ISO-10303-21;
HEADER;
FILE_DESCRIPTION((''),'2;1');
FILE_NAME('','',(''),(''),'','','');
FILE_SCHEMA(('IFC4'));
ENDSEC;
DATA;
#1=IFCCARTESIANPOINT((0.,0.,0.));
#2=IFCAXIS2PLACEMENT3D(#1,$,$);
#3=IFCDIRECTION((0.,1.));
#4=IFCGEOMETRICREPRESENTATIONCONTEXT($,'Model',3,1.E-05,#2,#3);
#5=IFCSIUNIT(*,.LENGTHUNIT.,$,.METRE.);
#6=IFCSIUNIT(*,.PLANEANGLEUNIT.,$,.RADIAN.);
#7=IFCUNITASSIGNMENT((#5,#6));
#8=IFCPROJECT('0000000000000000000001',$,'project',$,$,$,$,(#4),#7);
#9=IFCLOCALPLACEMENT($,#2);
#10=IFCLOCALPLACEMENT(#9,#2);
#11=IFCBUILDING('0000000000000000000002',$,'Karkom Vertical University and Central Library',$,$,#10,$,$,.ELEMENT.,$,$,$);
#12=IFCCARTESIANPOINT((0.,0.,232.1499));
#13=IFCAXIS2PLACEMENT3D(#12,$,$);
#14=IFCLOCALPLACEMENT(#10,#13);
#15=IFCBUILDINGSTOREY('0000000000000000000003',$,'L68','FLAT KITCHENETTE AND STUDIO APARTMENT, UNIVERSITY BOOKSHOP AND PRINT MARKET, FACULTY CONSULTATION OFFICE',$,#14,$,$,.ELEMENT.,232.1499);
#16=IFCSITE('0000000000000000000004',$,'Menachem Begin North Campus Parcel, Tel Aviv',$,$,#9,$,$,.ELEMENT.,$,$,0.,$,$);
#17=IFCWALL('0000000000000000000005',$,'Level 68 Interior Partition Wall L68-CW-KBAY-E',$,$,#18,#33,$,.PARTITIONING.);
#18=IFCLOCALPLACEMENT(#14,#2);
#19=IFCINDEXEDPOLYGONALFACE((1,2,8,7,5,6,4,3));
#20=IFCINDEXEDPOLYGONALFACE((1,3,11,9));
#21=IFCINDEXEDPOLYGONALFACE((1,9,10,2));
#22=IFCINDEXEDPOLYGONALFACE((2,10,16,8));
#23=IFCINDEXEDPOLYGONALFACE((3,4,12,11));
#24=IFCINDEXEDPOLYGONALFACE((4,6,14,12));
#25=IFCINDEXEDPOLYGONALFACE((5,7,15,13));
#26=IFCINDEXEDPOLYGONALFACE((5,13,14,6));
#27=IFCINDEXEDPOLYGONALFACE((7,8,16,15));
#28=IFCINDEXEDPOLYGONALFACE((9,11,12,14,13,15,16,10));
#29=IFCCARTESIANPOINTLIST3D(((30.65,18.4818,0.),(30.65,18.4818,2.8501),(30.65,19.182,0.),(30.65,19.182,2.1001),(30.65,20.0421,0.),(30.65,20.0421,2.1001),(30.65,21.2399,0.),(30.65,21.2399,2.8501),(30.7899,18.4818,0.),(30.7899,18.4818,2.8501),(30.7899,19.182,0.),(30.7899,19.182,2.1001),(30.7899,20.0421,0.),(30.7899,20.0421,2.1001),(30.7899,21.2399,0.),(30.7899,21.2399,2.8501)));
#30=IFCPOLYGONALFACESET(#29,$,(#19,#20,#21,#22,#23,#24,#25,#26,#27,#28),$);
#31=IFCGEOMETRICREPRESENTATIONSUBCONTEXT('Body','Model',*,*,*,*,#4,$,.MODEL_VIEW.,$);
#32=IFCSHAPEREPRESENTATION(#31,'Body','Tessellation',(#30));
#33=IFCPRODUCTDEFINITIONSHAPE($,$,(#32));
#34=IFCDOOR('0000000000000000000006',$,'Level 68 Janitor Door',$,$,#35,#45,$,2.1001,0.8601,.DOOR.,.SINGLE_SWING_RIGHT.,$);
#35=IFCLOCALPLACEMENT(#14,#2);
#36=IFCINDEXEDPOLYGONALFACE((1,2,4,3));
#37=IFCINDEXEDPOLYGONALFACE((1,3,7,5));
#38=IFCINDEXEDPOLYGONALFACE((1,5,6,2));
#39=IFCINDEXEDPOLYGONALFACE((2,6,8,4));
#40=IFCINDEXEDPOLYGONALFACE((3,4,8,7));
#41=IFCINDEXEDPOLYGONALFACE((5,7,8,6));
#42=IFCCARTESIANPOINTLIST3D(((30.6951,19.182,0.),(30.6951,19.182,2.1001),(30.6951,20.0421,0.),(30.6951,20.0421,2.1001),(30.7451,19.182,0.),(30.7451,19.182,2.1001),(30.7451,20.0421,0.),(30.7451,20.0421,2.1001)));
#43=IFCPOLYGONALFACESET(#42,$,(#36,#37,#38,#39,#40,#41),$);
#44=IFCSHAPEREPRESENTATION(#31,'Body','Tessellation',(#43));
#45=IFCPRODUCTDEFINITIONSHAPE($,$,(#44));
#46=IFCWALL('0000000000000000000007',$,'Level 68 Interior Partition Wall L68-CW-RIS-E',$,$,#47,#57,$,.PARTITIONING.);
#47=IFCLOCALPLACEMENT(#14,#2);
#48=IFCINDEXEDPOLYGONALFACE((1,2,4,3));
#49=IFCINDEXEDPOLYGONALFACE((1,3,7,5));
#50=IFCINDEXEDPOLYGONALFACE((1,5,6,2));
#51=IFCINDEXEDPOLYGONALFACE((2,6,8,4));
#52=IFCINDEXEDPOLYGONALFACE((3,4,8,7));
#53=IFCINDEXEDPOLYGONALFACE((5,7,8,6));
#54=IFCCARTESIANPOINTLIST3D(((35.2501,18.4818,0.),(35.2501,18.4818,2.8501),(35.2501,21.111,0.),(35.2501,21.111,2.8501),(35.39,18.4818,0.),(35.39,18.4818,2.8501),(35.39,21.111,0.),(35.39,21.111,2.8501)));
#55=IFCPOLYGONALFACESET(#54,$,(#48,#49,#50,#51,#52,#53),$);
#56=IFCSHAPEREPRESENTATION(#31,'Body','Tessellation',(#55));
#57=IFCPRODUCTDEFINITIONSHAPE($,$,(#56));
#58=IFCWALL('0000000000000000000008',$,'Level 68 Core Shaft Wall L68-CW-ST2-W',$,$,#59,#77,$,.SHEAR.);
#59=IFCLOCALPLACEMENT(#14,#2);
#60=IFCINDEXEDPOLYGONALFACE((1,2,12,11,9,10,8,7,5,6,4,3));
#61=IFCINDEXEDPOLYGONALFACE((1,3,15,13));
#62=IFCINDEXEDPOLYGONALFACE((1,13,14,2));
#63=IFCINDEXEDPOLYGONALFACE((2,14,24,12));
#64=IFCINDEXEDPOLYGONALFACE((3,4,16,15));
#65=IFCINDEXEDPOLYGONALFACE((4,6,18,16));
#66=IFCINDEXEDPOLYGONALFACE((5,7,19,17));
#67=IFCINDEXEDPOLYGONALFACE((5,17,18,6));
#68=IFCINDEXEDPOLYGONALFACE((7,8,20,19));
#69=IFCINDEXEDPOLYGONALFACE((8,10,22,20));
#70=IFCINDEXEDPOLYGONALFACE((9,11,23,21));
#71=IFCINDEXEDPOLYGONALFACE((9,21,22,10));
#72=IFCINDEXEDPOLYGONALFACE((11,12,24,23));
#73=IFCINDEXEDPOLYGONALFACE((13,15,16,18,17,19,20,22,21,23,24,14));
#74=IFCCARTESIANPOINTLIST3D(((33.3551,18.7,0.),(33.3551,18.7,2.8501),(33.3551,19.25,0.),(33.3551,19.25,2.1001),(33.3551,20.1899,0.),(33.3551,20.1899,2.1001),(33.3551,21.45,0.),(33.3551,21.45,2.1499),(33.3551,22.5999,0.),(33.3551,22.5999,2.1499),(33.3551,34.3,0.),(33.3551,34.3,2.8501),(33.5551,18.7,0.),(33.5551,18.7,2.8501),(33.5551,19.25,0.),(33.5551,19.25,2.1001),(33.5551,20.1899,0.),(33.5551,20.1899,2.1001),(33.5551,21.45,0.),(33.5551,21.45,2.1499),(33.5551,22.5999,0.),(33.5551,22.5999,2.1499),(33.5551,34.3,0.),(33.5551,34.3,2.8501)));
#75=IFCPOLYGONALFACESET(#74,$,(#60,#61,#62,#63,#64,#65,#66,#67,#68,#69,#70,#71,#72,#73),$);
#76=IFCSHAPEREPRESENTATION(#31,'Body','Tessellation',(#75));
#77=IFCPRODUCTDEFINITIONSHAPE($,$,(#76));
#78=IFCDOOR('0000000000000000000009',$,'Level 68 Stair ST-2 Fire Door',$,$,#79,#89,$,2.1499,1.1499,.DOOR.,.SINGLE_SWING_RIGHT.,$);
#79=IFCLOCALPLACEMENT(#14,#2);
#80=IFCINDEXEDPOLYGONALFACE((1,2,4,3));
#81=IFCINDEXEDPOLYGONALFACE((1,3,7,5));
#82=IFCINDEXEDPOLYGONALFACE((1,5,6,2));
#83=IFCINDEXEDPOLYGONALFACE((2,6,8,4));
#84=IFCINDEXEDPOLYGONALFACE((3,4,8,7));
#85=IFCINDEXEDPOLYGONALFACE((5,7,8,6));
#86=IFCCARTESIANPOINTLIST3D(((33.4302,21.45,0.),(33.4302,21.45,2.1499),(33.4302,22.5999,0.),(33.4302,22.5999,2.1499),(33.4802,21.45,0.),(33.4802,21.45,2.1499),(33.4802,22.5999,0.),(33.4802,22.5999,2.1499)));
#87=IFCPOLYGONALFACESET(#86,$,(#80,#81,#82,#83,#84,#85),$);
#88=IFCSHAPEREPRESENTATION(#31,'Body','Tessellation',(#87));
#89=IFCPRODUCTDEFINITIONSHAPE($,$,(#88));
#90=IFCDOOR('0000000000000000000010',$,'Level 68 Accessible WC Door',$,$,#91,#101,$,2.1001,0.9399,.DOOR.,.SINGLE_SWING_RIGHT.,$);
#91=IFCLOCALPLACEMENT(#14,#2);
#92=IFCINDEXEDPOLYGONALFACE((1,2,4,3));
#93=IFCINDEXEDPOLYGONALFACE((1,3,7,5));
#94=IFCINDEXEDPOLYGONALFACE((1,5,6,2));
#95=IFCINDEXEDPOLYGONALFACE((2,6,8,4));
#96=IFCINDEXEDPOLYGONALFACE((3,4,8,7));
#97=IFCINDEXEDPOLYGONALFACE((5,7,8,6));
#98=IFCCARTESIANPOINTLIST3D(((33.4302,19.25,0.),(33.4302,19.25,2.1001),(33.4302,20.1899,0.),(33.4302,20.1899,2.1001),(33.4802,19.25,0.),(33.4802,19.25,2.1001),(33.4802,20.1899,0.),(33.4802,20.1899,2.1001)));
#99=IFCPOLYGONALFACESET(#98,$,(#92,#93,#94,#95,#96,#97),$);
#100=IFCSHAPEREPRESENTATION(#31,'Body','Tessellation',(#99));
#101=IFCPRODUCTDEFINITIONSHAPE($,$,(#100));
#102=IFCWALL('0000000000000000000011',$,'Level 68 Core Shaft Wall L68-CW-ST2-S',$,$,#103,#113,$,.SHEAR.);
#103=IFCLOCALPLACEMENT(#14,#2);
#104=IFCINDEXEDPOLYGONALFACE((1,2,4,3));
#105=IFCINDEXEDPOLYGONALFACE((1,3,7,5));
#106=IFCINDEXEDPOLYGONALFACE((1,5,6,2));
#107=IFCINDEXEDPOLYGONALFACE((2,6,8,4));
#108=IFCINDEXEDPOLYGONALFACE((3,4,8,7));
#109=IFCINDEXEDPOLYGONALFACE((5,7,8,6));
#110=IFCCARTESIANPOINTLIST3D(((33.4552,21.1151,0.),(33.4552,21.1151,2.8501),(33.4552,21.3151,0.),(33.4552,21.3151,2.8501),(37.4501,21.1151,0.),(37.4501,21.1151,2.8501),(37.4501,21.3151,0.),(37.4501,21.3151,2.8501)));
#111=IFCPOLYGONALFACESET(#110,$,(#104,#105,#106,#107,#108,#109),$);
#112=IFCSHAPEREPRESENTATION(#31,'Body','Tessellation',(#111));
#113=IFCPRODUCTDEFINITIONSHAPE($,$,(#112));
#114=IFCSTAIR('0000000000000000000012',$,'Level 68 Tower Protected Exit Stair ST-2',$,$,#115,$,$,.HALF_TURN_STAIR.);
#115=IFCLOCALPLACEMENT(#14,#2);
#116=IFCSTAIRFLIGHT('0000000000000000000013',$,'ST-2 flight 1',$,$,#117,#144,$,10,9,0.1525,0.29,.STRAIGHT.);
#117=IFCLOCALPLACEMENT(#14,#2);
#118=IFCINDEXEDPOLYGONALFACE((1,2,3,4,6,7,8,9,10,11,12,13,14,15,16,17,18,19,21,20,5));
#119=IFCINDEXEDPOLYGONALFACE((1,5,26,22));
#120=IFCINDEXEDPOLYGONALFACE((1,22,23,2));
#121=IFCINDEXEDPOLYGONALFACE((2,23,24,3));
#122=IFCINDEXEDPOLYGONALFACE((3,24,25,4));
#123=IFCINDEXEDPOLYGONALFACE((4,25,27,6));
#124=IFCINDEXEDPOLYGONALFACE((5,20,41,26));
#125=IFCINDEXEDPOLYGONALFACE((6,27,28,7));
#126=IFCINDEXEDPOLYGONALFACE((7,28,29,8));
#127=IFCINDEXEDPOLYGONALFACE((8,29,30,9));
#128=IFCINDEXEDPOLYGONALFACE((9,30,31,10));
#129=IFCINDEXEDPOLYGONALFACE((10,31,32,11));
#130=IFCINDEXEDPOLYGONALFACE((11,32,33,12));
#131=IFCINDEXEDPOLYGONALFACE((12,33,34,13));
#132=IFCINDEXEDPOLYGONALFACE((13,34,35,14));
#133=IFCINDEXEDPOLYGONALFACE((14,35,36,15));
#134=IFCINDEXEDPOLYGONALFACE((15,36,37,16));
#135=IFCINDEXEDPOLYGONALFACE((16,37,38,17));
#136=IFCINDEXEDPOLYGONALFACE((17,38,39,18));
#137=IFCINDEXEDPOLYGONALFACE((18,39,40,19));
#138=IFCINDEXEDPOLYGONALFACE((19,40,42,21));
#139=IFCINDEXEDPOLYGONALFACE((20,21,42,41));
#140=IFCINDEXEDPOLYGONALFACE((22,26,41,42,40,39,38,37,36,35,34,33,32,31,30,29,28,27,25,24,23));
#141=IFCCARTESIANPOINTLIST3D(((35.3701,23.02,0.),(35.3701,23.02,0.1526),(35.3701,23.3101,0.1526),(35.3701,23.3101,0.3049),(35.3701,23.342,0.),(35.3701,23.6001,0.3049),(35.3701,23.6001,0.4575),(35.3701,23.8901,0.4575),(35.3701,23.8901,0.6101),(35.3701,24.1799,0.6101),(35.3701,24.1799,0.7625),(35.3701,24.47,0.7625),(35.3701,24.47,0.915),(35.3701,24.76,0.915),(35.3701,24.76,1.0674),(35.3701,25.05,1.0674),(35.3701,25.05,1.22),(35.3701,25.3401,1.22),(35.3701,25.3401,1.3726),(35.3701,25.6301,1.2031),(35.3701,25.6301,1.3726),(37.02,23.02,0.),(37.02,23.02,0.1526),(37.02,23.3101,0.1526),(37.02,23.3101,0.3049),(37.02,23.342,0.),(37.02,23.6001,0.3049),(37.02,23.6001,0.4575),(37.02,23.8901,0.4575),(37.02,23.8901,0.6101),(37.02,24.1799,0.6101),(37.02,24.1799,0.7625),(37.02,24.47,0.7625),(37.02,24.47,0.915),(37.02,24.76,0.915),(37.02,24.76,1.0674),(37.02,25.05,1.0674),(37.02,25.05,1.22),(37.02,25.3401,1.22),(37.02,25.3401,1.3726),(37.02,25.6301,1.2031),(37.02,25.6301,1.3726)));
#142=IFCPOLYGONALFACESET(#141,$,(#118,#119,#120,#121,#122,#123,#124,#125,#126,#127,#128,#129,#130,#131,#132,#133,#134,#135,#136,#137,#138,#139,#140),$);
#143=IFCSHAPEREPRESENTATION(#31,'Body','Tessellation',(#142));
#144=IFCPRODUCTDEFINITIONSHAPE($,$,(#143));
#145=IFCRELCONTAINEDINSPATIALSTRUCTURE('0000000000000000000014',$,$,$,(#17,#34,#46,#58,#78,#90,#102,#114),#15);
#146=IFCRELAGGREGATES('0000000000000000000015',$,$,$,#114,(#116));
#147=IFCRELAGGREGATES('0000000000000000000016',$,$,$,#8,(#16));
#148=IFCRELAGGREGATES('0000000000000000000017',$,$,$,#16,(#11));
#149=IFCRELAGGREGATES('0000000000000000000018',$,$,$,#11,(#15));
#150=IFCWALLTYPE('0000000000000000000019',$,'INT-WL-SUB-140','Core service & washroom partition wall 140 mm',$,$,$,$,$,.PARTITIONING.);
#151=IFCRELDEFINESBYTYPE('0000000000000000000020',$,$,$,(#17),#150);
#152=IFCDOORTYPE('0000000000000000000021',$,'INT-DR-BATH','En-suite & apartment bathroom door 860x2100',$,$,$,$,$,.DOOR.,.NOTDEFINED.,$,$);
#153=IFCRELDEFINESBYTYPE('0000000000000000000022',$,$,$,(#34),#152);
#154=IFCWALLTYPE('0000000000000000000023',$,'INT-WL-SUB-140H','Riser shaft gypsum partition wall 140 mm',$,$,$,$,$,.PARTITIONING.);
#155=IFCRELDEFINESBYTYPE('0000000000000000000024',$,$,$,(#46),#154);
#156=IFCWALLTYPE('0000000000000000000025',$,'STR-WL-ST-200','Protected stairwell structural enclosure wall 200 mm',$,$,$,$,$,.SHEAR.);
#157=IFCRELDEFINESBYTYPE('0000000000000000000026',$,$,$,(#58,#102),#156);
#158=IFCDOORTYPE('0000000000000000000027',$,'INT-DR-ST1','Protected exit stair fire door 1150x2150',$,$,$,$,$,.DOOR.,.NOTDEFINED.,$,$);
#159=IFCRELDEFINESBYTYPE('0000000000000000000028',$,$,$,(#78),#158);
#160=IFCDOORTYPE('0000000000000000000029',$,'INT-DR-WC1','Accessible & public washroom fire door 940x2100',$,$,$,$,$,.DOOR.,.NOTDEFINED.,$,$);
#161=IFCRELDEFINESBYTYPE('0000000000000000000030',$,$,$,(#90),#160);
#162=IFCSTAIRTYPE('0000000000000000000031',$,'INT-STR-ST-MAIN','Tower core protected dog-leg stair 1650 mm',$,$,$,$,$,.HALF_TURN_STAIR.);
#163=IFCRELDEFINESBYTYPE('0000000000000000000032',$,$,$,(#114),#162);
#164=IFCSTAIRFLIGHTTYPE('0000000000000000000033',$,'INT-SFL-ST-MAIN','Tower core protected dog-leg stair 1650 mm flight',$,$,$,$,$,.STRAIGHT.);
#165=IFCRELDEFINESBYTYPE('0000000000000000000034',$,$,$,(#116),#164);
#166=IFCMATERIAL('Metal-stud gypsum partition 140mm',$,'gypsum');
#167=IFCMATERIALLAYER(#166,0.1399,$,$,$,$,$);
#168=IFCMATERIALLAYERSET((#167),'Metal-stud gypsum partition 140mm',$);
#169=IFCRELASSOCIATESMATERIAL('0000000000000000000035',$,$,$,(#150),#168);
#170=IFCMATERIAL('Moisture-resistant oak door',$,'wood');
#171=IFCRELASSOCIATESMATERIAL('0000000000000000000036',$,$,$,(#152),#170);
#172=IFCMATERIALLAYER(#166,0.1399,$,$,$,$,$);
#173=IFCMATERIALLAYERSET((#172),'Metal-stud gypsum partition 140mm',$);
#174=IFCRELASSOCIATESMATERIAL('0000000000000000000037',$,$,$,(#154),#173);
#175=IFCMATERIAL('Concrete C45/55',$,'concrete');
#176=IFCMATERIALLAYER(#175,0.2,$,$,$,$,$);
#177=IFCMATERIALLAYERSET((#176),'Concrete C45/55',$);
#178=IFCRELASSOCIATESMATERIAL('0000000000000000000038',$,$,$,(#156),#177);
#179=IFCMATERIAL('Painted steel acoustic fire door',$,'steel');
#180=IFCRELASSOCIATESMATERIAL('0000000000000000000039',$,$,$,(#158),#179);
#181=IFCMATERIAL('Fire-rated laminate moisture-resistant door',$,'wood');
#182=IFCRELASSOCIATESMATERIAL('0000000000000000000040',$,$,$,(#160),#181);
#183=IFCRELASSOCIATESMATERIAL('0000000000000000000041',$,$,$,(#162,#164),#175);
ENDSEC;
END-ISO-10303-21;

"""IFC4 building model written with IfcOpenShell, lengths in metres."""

from ifc_helpers import new_model, si_unit, direction, frame, frame_2d, origin, origin_with_axes, place, context, subcontext, project, spatial, polyline, rectangle, outline, extrude, source, transform, mapped, material, layer, layer_set, type_object, element, fill, aggregate, save


model = new_model("IFC4")

# Units and contexts
model_context = context("Model", 3, precision=1e-05, world=origin(), true_north=direction((0.0, 1.0)))
body_context = subcontext(model_context, "Body", "Model", "MODEL_VIEW")
ifc_project = project(units=[si_unit("LENGTHUNIT", "METRE"), si_unit("PLANEANGLEUNIT", "RADIAN")], contexts=[model_context])

# Site, building, storey
site_placement = place(None, origin())
site = spatial("IfcSite", under=ifc_project, at=site_placement, Name="Menachem Begin North Campus Parcel, Tel Aviv", CompositionType="ELEMENT", RefElevation=0.0)
building_placement = place(site_placement, origin())
building = spatial("IfcBuilding", under=site, at=building_placement, Name="Karkom Vertical University and Central Library", CompositionType="ELEMENT")
storey_placement = place(building_placement, frame((0.0, 0.0, 232.1499)))
storey = spatial("IfcBuildingStorey", under=building, at=storey_placement, Name="L68", Description="FLAT KITCHENETTE AND STUDIO APARTMENT, UNIVERSITY BOOKSHOP AND PRINT MARKET, FACULTY CONSULTATION OFFICE", CompositionType="ELEMENT", Elevation=232.1499)

# Shared definitions
ifc_material_1 = material(Name="Concrete C45/55", Category="concrete")

# Shared definitions
ifc_material_2 = material(Name="Metal-stud gypsum partition 140mm", Category="gypsum")
ifc_layer_1 = layer(ifc_material_2, 0.1399)
ifc_layer_set_1 = layer_set([ifc_layer_1], Name="Metal-stud gypsum partition 140mm")
wall_type_1 = type_object("IfcWallType", Name="INT-WL-SUB-140", Description="Core service & washroom partition wall 140 mm", PredefinedType="PARTITIONING", material=ifc_layer_set_1)

# Wall, opening, door
wall_1_placement = place(storey_placement, frame((30.72, 18.4819, 0.0), z_axis=(0.0, 0.0, 1.0), x_axis=(0.0, 1.0, 0.0)))
wall_1 = element("IfcWall", 1, at=wall_1_placement, inside=storey, type_object=wall_type_1, Name="Level 68 Interior Partition Wall L68-CW-KBAY-E", PredefinedType="PARTITIONING", context=body_context, shape_type="SweptSolid", body=[
    extrude(rectangle(XDim=2.7581, YDim=0.1399, at=frame_2d((1.3789, 0.0))), origin(), (0.0, 0.0, 1.0), 2.8501),
])
opening_1_placement = place(wall_1_placement, frame((0.7, 0.0, 0.0)))
opening_1 = element("IfcOpeningElement", 2, at=opening_1_placement, cuts=wall_1, PredefinedType="OPENING", context=body_context, shape_type="SweptSolid", body=[
    extrude(rectangle(XDim=0.8601, YDim=2.1001, at=frame_2d((0.4302, 1.05))), frame((0.0, 0.0801, 0.0), z_axis=(0.0, -1.0, 0.0), x_axis=(1.0, 0.0, 0.0)), (0.0, 0.0, 1.0), 0.1599),
])
ifc_material_3 = material(Name="Moisture-resistant oak door", Category="wood")
door_type_1 = type_object("IfcDoorType", Name="INT-DR-BATH", Description="En-suite & apartment bathroom door 860x2100", OperationType="NOTDEFINED", PredefinedType="DOOR", material=ifc_material_3)
shared_shape_1 = source(origin_with_axes(), body_context, "Body", "SweptSolid", [
    extrude(rectangle(XDim=0.8601, YDim=2.1001, at=frame_2d((0.4302, 1.05))), frame((0.0, 0.0249, 0.0), z_axis=(0.0, -1.0, 0.0), x_axis=(1.0, 0.0, 0.0)), (0.0, 0.0, 1.0), 0.05),
])
door_1_placement = place(opening_1_placement, origin())
door_1 = element("IfcDoor", 3, at=door_1_placement, inside=storey, type_object=door_type_1, Name="Level 68 Janitor Door", OperationType="SINGLE_SWING_RIGHT", OverallHeight=2.1001, OverallWidth=0.8601, PredefinedType="DOOR", context=body_context, shape_type="MappedRepresentation", body=[
    mapped(shared_shape_1, transform((0.0, 0.0, 0.0), scale=1.0)),
])
fill(opening_1, door_1)

# Wall
ifc_layer_2 = layer(ifc_material_2, 0.1399)
ifc_layer_set_2 = layer_set([ifc_layer_2], Name="Metal-stud gypsum partition 140mm")
wall_type_2 = type_object("IfcWallType", Name="INT-WL-SUB-140H", Description="Riser shaft gypsum partition wall 140 mm", PredefinedType="PARTITIONING", material=ifc_layer_set_2)
wall_2_placement = place(storey_placement, frame((35.3201, 18.4819, 0.0), z_axis=(0.0, 0.0, 1.0), x_axis=(0.0, 1.0, 0.0)))
element("IfcWall", 4, at=wall_2_placement, inside=storey, type_object=wall_type_2, Name="Level 68 Interior Partition Wall L68-CW-RIS-E", PredefinedType="PARTITIONING", context=body_context, shape_type="SweptSolid", body=[
    extrude(rectangle(XDim=2.6292, YDim=0.1399, at=frame_2d((1.3145, 0.0))), origin(), (0.0, 0.0, 1.0), 2.8501),
])

# Wall, openings, doors
ifc_layer_3 = layer(ifc_material_1, 0.2)
ifc_layer_set_3 = layer_set([ifc_layer_3], Name="Concrete C45/55")
wall_type_3 = type_object("IfcWallType", Name="STR-WL-ST-200", Description="Protected stairwell structural enclosure wall 200 mm", PredefinedType="SHEAR", material=ifc_layer_set_3)
wall_3_placement = place(storey_placement, frame((33.4551, 18.7, 0.0), z_axis=(0.0, 0.0, 1.0), x_axis=(0.0, 1.0, 0.0)))
wall_3 = element("IfcWall", 5, at=wall_3_placement, inside=storey, type_object=wall_type_3, Name="Level 68 Core Shaft Wall L68-CW-ST2-W", PredefinedType="SHEAR", context=body_context, shape_type="SweptSolid", body=[
    extrude(rectangle(XDim=15.6001, YDim=0.2, at=frame_2d((7.8, 0.0))), origin(), (0.0, 0.0, 1.0), 2.8501),
])
opening_2_placement = place(wall_3_placement, frame((2.75, 0.0, 0.0)))
opening_2 = element("IfcOpeningElement", 6, at=opening_2_placement, cuts=wall_3, PredefinedType="OPENING", context=body_context, shape_type="SweptSolid", body=[
    extrude(rectangle(XDim=1.1499, YDim=2.1499, at=frame_2d((0.575, 1.075))), frame((0.0, 0.1099, 0.0), z_axis=(0.0, -1.0, 0.0), x_axis=(1.0, 0.0, 0.0)), (0.0, 0.0, 1.0), 0.22),
])
opening_3_placement = place(wall_3_placement, frame((0.55, 0.0, 0.0)))
opening_3 = element("IfcOpeningElement", 7, at=opening_3_placement, cuts=wall_3, PredefinedType="OPENING", context=body_context, shape_type="SweptSolid", body=[
    extrude(rectangle(XDim=0.9399, YDim=2.1001, at=frame_2d((0.47, 1.05))), frame((0.0, 0.1099, 0.0), z_axis=(0.0, -1.0, 0.0), x_axis=(1.0, 0.0, 0.0)), (0.0, 0.0, 1.0), 0.22),
])
ifc_material_4 = material(Name="Painted steel acoustic fire door", Category="steel")
door_type_2 = type_object("IfcDoorType", Name="INT-DR-ST1", Description="Protected exit stair fire door 1150x2150", OperationType="NOTDEFINED", PredefinedType="DOOR", material=ifc_material_4)
shared_shape_2 = source(origin_with_axes(), body_context, "Body", "SweptSolid", [
    extrude(rectangle(XDim=1.1499, YDim=2.1499, at=frame_2d((0.575, 1.075))), frame((0.0, 0.0249, 0.0), z_axis=(0.0, -1.0, 0.0), x_axis=(1.0, 0.0, 0.0)), (0.0, 0.0, 1.0), 0.05),
])
door_2_placement = place(opening_2_placement, origin())
door_2 = element("IfcDoor", 8, at=door_2_placement, inside=storey, type_object=door_type_2, Name="Level 68 Stair ST-2 Fire Door", OperationType="SINGLE_SWING_RIGHT", OverallHeight=2.1499, OverallWidth=1.1499, PredefinedType="DOOR", context=body_context, shape_type="MappedRepresentation", body=[
    mapped(shared_shape_2, transform((0.0, 0.0, 0.0), scale=1.0)),
])
fill(opening_2, door_2)
ifc_material_5 = material(Name="Fire-rated laminate moisture-resistant door", Category="wood")
door_type_3 = type_object("IfcDoorType", Name="INT-DR-WC1", Description="Accessible & public washroom fire door 940x2100", OperationType="NOTDEFINED", PredefinedType="DOOR", material=ifc_material_5)
shared_shape_3 = source(origin_with_axes(), body_context, "Body", "SweptSolid", [
    extrude(rectangle(XDim=0.9399, YDim=2.1001, at=frame_2d((0.47, 1.05))), frame((0.0, 0.0249, 0.0), z_axis=(0.0, -1.0, 0.0), x_axis=(1.0, 0.0, 0.0)), (0.0, 0.0, 1.0), 0.05),
])
door_3_placement = place(opening_3_placement, origin())
door_3 = element("IfcDoor", 9, at=door_3_placement, inside=storey, type_object=door_type_3, Name="Level 68 Accessible WC Door", OperationType="SINGLE_SWING_RIGHT", OverallHeight=2.1001, OverallWidth=0.9399, PredefinedType="DOOR", context=body_context, shape_type="MappedRepresentation", body=[
    mapped(shared_shape_3, transform((0.0, 0.0, 0.0), scale=1.0)),
])
fill(opening_3, door_3)

# Wall
wall_4_placement = place(storey_placement, frame((33.4551, 21.2151, 0.0), z_axis=(0.0, 0.0, 1.0), x_axis=(1.0, 0.0, 0.0)))
element("IfcWall", 10, at=wall_4_placement, inside=storey, type_object=wall_type_3, Name="Level 68 Core Shaft Wall L68-CW-ST2-S", PredefinedType="SHEAR", context=body_context, shape_type="SweptSolid", body=[
    extrude(rectangle(XDim=3.9949, YDim=0.2, at=frame_2d((1.9976, 0.0))), origin(), (0.0, 0.0, 1.0), 2.8501),
])

# Stair, stair flight
stair_type = type_object("IfcStairType", Name="INT-STR-ST-MAIN", Description="Tower core protected dog-leg stair 1650 mm", PredefinedType="HALF_TURN_STAIR", material=ifc_material_1)
stair_placement = place(storey_placement, origin())
stair = element("IfcStair", 11, at=stair_placement, inside=storey, type_object=stair_type, Name="Level 68 Tower Protected Exit Stair ST-2", PredefinedType="HALF_TURN_STAIR")
stair_flight_type = type_object("IfcStairFlightType", Name="INT-SFL-ST-MAIN", Description="Tower core protected dog-leg stair 1650 mm flight", PredefinedType="STRAIGHT", material=ifc_material_1)
stair_flight_placement = place(storey_placement, frame((36.1951, 23.02, 0.0), z_axis=(0.0, 0.0, 1.0), x_axis=(0.0, 1.0, 0.0)))
stair_flight = element("IfcStairFlight", 12, at=stair_flight_placement, type_object=stair_flight_type, Name="ST-2 flight 1", NumberOfRisers=10, NumberOfTreads=9, PredefinedType="STRAIGHT", RiserHeight=0.1525, TreadLength=0.29, context=body_context, shape_type="SweptSolid", body=[
    extrude(outline(polyline([(0.0, 0.0), (0.0, 0.1526), (0.29, 0.1526), (0.29, 0.3049), (0.5801, 0.3049), (0.5801, 0.4575), (0.8701, 0.4575), (0.8701, 0.6101), (1.1599, 0.6101), (1.1599, 0.7625), (1.45, 0.7625), (1.45, 0.915), (1.74, 0.915), (1.74, 1.0674), (2.03, 1.0674), (2.03, 1.22), (2.3201, 1.22), (2.3201, 1.3726), (2.6101, 1.3726), (2.6101, 1.5249), (2.6101, 1.2031), (0.322, 0.0), (0.0, 0.0)])), frame((0.0, 0.825, 0.0), z_axis=(0.0, -1.0, 0.0), x_axis=(1.0, 0.0, 0.0)), (0.0, 0.0, 1.0), 1.6499),
])
aggregate(stair, [stair_flight])

save(model, "model.ifc")
